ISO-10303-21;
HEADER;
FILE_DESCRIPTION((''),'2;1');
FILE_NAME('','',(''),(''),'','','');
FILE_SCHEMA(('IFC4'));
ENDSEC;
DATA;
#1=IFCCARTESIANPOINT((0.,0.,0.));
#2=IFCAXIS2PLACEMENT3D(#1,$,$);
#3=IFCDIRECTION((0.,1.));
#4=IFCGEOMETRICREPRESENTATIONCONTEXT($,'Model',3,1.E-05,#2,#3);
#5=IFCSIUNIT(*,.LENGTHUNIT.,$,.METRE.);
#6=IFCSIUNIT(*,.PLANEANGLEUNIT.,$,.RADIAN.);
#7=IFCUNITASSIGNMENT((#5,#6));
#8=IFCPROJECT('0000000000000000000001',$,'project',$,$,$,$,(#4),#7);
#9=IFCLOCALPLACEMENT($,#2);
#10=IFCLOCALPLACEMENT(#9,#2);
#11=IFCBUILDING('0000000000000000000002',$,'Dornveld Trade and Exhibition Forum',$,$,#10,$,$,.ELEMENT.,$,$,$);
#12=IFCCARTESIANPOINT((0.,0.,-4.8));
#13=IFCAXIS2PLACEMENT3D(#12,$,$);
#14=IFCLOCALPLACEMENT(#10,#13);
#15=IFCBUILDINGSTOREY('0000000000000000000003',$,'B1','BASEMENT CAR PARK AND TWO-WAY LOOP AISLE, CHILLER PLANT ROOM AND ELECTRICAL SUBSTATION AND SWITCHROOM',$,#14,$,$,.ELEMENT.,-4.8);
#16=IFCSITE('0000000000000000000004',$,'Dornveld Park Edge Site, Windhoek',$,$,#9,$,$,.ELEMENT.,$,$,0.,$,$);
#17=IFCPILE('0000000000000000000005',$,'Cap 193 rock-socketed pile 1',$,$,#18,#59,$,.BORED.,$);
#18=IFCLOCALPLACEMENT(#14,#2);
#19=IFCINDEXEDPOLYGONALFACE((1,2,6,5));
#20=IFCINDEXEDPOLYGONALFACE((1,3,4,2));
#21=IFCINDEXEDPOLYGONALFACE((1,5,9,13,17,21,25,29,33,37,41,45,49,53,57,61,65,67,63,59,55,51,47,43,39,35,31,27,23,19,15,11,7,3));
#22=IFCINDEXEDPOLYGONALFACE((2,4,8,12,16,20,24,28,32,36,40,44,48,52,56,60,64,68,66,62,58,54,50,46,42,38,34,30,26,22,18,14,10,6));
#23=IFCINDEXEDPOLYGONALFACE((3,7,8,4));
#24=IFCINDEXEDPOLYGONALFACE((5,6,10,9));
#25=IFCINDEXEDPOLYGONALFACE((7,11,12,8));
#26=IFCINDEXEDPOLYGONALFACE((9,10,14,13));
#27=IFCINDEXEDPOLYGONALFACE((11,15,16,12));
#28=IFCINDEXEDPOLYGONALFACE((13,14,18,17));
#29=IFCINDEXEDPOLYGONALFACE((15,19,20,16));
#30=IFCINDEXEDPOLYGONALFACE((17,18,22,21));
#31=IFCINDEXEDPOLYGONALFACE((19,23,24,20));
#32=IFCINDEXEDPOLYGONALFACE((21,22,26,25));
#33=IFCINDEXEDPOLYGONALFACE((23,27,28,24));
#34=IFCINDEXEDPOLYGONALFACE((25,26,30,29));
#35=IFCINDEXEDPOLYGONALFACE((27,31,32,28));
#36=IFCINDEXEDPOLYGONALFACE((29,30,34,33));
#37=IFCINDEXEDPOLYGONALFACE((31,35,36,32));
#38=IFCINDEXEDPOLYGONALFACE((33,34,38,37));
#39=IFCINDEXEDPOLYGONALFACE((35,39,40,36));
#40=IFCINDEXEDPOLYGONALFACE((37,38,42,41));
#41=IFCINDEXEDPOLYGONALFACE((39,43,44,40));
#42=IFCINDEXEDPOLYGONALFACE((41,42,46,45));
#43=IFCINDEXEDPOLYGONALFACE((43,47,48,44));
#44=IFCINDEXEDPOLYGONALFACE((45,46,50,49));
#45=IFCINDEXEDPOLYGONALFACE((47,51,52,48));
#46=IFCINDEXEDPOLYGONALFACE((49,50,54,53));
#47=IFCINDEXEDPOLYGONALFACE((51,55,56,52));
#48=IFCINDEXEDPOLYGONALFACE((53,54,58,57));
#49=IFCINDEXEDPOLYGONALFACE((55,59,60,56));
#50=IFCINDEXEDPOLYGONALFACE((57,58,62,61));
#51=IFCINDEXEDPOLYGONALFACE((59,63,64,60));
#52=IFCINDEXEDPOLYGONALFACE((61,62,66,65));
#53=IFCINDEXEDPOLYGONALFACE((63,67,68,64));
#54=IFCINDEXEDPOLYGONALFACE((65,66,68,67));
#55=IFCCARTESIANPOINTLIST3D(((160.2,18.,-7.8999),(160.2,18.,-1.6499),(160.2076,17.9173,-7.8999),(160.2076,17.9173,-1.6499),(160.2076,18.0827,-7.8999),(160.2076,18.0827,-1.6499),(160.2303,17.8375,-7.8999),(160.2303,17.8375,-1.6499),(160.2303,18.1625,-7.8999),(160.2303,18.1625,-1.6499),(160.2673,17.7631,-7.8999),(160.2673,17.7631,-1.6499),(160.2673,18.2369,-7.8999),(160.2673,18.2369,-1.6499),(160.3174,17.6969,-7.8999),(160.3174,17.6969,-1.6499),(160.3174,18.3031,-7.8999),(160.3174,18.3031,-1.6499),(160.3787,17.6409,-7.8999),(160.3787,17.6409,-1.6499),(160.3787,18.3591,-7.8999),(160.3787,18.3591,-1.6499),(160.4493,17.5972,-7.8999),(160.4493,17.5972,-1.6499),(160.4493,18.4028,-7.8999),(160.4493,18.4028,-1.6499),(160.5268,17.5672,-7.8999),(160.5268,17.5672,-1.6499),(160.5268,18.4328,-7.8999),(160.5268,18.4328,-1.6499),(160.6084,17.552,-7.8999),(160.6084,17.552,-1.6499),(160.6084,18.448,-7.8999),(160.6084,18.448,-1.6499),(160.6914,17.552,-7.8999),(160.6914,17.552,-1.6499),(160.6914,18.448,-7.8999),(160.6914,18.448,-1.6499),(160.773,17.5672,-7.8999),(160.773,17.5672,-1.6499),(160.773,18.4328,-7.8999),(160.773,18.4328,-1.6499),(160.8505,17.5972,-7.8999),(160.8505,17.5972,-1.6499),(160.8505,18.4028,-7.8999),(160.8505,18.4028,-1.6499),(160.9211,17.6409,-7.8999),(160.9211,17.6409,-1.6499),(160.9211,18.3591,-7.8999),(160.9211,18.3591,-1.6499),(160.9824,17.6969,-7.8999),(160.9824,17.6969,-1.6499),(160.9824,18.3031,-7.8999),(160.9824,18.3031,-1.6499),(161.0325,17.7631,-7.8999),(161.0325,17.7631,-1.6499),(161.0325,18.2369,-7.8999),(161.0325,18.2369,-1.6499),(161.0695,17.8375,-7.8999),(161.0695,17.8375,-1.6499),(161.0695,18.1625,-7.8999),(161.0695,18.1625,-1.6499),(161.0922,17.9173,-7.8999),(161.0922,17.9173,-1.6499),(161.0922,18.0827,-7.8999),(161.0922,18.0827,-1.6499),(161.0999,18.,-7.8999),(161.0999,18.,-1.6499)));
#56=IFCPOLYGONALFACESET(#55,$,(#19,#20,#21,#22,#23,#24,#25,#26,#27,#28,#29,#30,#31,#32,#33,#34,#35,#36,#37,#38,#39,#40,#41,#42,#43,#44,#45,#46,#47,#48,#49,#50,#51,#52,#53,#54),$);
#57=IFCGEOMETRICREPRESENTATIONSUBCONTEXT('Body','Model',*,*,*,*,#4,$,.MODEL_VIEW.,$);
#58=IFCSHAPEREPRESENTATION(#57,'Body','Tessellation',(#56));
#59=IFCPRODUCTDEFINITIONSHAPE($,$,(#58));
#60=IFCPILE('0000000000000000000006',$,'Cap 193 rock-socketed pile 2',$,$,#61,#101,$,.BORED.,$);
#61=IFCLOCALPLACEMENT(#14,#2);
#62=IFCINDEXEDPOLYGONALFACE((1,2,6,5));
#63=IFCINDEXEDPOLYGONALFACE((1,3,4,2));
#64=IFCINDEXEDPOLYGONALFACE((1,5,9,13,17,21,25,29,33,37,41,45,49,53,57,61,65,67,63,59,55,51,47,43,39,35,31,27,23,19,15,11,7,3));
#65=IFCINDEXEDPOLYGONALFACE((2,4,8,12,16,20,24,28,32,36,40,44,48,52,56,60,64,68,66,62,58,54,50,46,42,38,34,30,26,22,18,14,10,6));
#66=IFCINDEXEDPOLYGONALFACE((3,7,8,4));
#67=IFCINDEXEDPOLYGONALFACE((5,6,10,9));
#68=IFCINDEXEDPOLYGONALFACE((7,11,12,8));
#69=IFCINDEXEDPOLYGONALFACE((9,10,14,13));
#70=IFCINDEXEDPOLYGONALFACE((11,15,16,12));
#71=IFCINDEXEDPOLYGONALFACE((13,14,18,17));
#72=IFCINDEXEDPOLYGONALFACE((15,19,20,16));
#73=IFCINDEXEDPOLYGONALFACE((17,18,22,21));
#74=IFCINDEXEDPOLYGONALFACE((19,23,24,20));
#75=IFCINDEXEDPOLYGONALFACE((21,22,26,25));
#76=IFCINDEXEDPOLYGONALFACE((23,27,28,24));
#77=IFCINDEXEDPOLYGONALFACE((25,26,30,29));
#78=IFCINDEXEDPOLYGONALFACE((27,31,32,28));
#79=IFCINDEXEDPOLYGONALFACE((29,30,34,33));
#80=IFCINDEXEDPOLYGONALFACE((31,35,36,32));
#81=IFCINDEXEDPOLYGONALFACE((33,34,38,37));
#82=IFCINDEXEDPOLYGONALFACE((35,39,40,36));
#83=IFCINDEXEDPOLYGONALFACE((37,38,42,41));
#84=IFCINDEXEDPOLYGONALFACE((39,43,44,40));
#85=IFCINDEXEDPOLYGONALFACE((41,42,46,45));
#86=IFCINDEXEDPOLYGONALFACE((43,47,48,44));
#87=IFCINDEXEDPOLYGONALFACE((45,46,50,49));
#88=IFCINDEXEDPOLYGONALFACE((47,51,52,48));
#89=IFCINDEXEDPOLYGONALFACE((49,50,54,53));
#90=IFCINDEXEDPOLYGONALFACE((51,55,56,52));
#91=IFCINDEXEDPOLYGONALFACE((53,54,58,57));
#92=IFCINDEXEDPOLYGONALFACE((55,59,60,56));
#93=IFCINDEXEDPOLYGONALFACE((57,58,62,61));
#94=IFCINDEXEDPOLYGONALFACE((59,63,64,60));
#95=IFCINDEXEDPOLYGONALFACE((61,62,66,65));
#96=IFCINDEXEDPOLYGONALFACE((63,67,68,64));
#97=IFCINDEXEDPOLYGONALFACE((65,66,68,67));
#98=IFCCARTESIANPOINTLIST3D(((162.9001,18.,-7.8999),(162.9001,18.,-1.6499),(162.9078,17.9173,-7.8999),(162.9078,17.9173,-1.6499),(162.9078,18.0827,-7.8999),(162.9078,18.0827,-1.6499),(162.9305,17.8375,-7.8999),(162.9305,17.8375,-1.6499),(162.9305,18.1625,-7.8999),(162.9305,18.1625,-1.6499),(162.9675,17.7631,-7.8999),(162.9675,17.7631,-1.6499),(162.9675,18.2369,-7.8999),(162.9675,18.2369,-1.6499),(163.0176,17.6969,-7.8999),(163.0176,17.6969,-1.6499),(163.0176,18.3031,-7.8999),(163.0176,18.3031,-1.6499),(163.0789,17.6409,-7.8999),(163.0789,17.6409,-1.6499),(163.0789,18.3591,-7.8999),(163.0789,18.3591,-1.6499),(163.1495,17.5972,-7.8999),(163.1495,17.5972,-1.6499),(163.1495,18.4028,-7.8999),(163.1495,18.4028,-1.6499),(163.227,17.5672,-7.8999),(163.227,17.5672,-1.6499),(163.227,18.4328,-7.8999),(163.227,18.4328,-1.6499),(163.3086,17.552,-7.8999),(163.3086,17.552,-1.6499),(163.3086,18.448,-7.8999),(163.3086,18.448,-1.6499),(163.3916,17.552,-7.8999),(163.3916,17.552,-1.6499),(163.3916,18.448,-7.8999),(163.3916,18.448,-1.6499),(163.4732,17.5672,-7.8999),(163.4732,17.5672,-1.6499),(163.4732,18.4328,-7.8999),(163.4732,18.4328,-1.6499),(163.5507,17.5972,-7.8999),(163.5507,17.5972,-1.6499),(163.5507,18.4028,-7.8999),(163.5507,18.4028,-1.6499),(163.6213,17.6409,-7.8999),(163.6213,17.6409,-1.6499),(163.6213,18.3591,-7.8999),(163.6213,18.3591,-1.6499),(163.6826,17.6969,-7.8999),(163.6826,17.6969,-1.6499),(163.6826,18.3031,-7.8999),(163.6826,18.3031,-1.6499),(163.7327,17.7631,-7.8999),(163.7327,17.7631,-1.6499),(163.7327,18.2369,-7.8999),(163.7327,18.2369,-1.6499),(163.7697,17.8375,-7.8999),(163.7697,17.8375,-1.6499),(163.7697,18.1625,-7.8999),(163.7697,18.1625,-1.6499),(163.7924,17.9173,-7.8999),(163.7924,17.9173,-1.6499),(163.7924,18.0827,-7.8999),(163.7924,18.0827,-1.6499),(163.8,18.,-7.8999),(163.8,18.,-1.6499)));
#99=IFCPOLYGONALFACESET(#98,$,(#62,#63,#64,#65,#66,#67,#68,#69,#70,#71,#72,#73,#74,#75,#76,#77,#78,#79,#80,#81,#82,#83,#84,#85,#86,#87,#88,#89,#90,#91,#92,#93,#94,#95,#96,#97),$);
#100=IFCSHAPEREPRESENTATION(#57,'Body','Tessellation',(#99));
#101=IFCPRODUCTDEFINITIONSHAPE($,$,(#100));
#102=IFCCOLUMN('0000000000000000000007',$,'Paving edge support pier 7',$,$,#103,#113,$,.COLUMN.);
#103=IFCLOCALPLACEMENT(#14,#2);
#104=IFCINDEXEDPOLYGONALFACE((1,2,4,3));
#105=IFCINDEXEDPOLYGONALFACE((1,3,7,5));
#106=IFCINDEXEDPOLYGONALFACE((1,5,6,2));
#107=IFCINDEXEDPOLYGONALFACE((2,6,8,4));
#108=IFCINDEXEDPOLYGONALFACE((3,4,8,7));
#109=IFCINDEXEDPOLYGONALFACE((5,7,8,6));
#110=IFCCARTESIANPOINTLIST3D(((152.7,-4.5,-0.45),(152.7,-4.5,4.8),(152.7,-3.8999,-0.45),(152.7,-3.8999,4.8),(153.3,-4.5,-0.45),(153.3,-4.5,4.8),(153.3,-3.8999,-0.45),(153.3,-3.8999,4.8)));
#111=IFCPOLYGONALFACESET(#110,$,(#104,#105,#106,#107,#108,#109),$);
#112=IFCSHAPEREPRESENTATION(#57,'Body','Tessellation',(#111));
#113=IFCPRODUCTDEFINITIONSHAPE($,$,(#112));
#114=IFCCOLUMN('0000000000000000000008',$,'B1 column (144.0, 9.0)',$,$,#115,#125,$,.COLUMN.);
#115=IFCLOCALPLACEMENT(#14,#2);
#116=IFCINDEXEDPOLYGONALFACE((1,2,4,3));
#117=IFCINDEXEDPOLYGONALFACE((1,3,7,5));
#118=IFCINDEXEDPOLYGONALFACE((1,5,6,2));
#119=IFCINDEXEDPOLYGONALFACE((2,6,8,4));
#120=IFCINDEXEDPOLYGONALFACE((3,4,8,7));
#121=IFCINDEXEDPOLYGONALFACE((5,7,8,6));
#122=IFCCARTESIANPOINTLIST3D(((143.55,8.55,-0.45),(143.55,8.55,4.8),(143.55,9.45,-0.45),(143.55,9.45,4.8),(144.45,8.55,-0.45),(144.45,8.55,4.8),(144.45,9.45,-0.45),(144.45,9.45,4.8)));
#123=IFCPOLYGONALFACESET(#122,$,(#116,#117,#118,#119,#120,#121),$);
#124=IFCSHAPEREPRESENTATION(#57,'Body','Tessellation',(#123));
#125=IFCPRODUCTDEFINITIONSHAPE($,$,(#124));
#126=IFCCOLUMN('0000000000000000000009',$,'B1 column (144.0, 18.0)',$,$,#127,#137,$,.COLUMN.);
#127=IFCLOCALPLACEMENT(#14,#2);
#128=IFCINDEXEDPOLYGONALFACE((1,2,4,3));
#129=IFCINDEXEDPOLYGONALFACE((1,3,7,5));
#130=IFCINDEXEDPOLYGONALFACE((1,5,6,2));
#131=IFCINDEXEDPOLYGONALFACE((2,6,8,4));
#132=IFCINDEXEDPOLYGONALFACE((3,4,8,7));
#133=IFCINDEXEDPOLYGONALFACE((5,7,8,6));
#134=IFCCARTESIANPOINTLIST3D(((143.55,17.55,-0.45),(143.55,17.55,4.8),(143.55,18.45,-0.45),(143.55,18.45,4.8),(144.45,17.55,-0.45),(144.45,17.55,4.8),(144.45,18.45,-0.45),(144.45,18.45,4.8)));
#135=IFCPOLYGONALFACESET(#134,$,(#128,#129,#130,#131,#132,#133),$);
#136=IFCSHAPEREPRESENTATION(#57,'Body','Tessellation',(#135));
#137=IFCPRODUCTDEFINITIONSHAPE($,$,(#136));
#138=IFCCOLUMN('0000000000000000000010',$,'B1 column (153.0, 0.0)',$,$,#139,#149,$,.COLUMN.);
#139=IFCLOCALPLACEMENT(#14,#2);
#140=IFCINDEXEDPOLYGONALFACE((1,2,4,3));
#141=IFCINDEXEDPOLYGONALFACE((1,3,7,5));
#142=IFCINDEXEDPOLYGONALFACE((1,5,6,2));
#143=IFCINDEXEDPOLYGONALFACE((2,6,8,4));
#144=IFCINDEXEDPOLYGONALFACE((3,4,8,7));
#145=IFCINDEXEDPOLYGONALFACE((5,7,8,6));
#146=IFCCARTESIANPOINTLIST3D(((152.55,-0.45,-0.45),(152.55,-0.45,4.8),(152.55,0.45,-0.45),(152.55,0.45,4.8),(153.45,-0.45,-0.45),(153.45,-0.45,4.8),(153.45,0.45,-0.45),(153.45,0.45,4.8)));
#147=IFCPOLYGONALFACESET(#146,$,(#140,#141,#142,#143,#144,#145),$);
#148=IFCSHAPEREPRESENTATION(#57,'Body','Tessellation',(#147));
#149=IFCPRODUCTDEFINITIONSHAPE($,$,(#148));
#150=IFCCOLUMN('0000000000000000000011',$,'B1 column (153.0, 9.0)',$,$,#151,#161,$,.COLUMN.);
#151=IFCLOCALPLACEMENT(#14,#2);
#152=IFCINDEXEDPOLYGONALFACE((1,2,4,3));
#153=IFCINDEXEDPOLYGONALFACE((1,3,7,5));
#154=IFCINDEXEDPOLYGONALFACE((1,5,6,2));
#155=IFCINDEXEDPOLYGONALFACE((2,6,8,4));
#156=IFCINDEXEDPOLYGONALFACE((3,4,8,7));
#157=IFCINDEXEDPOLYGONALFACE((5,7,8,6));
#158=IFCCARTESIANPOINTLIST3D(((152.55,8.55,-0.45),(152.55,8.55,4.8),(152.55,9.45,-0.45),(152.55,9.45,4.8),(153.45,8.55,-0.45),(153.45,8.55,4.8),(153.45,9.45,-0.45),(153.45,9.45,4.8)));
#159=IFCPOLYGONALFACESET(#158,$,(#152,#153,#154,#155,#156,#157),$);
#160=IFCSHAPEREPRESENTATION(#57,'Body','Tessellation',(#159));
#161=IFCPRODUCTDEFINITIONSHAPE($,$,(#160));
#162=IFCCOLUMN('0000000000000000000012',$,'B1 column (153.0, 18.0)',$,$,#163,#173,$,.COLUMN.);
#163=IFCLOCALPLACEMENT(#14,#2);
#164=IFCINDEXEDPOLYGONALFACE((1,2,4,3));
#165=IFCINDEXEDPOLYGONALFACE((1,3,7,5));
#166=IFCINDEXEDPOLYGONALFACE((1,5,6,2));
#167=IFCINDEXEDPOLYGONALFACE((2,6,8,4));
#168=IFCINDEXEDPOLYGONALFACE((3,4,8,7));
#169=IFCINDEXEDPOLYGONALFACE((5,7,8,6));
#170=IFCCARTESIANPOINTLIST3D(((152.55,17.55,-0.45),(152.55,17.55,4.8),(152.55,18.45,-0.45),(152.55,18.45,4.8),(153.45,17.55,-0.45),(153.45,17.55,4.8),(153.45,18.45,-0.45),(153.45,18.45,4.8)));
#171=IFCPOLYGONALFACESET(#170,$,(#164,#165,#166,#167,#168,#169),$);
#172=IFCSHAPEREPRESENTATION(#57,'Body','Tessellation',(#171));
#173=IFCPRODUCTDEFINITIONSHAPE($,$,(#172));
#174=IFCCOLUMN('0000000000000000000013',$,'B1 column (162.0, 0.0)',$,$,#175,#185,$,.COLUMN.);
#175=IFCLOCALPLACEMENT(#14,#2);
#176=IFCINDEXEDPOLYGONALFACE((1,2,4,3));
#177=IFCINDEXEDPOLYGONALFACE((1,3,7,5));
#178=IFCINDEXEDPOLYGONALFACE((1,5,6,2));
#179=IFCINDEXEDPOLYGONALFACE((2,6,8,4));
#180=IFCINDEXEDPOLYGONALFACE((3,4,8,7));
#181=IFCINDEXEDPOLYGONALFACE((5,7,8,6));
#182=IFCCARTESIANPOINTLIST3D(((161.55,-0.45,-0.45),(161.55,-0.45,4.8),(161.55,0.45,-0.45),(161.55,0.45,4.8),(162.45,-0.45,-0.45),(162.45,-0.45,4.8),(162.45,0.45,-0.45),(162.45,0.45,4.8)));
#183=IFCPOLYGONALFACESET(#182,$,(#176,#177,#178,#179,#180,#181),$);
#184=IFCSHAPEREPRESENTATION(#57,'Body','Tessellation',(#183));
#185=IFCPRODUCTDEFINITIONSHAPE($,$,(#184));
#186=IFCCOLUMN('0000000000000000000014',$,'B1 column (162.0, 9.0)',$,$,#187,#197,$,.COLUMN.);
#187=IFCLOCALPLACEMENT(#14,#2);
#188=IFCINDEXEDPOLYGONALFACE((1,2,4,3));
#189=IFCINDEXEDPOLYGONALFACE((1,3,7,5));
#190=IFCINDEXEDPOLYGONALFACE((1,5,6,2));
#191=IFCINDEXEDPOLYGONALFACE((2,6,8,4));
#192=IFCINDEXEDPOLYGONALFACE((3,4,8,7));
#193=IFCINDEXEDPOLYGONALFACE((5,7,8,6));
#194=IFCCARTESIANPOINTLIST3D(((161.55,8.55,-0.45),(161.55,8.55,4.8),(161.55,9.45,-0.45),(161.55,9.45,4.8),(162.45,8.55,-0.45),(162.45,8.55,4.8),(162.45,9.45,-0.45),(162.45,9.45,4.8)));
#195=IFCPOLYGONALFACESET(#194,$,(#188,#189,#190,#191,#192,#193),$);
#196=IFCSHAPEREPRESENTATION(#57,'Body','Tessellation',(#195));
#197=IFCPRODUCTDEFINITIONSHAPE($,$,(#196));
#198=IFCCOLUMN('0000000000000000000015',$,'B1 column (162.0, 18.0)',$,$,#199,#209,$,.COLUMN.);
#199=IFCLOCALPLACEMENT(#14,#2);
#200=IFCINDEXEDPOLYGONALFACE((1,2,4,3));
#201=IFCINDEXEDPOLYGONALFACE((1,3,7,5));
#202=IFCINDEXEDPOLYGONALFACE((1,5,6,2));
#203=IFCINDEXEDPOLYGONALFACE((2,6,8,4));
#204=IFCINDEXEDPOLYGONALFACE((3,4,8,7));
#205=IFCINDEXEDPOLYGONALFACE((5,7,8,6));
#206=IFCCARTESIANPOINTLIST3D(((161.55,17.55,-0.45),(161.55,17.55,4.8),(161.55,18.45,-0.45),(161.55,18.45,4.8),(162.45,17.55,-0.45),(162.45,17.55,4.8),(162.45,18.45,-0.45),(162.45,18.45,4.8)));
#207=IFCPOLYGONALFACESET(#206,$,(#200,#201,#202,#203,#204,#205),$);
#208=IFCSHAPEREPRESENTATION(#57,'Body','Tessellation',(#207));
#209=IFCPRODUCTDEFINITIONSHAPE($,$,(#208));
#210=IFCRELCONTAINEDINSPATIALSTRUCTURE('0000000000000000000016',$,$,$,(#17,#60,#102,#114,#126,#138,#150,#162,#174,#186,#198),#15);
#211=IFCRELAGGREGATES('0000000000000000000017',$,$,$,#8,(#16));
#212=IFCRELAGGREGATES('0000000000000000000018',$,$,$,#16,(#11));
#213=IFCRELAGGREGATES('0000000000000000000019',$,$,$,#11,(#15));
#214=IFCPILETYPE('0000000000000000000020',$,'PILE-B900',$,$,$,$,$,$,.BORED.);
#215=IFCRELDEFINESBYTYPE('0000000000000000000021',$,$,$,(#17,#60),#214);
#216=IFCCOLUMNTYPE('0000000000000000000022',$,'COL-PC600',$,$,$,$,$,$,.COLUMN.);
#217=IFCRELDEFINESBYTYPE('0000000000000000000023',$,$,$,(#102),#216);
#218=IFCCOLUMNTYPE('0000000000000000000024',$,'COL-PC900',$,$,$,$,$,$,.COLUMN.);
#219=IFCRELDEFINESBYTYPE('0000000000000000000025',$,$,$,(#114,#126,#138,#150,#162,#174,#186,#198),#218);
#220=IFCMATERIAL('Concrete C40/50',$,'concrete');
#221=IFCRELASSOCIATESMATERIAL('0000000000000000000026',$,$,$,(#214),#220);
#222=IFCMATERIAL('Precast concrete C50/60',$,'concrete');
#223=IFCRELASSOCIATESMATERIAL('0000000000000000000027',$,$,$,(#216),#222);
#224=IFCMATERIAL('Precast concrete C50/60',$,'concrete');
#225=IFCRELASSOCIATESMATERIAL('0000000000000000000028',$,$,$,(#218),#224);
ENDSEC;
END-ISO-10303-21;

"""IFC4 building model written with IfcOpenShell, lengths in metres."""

from ifc_helpers import new_model, si_unit, direction, frame, origin, origin_2d, place, context, subcontext, project, spatial, rectangle, circle, extrude, material, material_profile, profile_set, type_object, element, save


model = new_model("IFC4")

# Units and contexts
model_context = context("Model", 3, precision=1e-05, world=origin(), true_north=direction((0.0, 1.0)))
body_context = subcontext(model_context, "Body", "Model", "MODEL_VIEW")
ifc_project = project(units=[si_unit("LENGTHUNIT", "METRE"), si_unit("PLANEANGLEUNIT", "RADIAN")], contexts=[model_context])

# Site, building, storey
site_placement = place(None, origin())
site = spatial("IfcSite", under=ifc_project, at=site_placement, Name="Dornveld Park Edge Site, Windhoek", CompositionType="ELEMENT", RefElevation=0.0)
building_placement = place(site_placement, origin())
building = spatial("IfcBuilding", under=site, at=building_placement, Name="Dornveld Trade and Exhibition Forum", CompositionType="ELEMENT")
storey_placement = place(building_placement, frame((0.0, 0.0, -4.8)))
storey = spatial("IfcBuildingStorey", under=building, at=storey_placement, Name="B1", Description="BASEMENT CAR PARK AND TWO-WAY LOOP AISLE, CHILLER PLANT ROOM AND ELECTRICAL SUBSTATION AND SWITCHROOM", CompositionType="ELEMENT", Elevation=-4.8)

# Piles
ifc_material_1 = material(Name="Concrete C40/50", Category="concrete")
ifc_material_profile_1 = material_profile(ifc_material_1, circle(Radius=0.45, at=origin_2d()), Name="PILE D900")
ifc_profile_set_1 = profile_set([ifc_material_profile_1], Name="Concrete C40/50")
pile_type = type_object("IfcPileType", Name="PILE-B900", PredefinedType="BORED", material=ifc_profile_set_1)
for number, where, z_axis, x_axis, name in (
    (1, (160.6499, 18.0, -1.6499), (0.0, 0.0, -1.0), (1.0, 0.0, 0.0), "Cap 193 rock-socketed pile 1"),
    (2, (163.3501, 18.0, -1.6499), (0.0, 0.0, -1.0), (1.0, 0.0, 0.0), "Cap 193 rock-socketed pile 2"),
):
    element("IfcPile", number, at=place(storey_placement, frame(where, z_axis=z_axis, x_axis=x_axis)), inside=storey, type_object=pile_type, Name=name, PredefinedType="BORED", context=body_context, shape_type="SweptSolid", body=[
        extrude(circle(Radius=0.45, at=origin_2d()), origin(), (0.0, 0.0, 1.0), 6.25),
    ])

# Columns
ifc_material_2 = material(Name="Precast concrete C50/60", Category="concrete")
ifc_material_profile_2 = material_profile(ifc_material_2, rectangle(XDim=0.6001, YDim=0.6001, at=origin_2d()), Name="PC-COL 600x600")
ifc_profile_set_2 = profile_set([ifc_material_profile_2], Name="Precast concrete C50/60")
column_type_1 = type_object("IfcColumnType", Name="COL-PC600", PredefinedType="COLUMN", material=ifc_profile_set_2)
column_placement = place(storey_placement, frame((153.0, -4.2, -0.45), z_axis=(0.0, 0.0, 1.0), x_axis=(1.0, 0.0, 0.0)))
element("IfcColumn", 3, at=column_placement, inside=storey, type_object=column_type_1, Name="Paving edge support pier 7", PredefinedType="COLUMN", context=body_context, shape_type="SweptSolid", body=[
    extrude(rectangle(XDim=0.6001, YDim=0.6001, at=origin_2d()), origin(), (0.0, 0.0, 1.0), 5.25),
])
ifc_material_3 = material(Name="Precast concrete C50/60", Category="concrete")
ifc_material_profile_3 = material_profile(ifc_material_3, rectangle(XDim=0.8999, YDim=0.8999, at=origin_2d()), Name="PC-COL 900x900")
ifc_profile_set_3 = profile_set([ifc_material_profile_3], Name="Precast concrete C50/60")
column_type_2 = type_object("IfcColumnType", Name="COL-PC900", PredefinedType="COLUMN", material=ifc_profile_set_3)
for number, where, z_axis, x_axis, name in (
    (4, (144.0, 9.0, -0.45), (0.0, 0.0, 1.0), (1.0, 0.0, 0.0), "B1 column (144.0, 9.0)"),
    (5, (144.0, 18.0, -0.45), (0.0, 0.0, 1.0), (1.0, 0.0, 0.0), "B1 column (144.0, 18.0)"),
    (6, (153.0, 0.0, -0.45), (0.0, 0.0, 1.0), (1.0, 0.0, 0.0), "B1 column (153.0, 0.0)"),
    (7, (153.0, 9.0, -0.45), (0.0, 0.0, 1.0), (1.0, 0.0, 0.0), "B1 column (153.0, 9.0)"),
    (8, (153.0, 18.0, -0.45), (0.0, 0.0, 1.0), (1.0, 0.0, 0.0), "B1 column (153.0, 18.0)"),
    (9, (162.0, 0.0, -0.45), (0.0, 0.0, 1.0), (1.0, 0.0, 0.0), "B1 column (162.0, 0.0)"),
    (10, (162.0, 9.0, -0.45), (0.0, 0.0, 1.0), (1.0, 0.0, 0.0), "B1 column (162.0, 9.0)"),
    (11, (162.0, 18.0, -0.45), (0.0, 0.0, 1.0), (1.0, 0.0, 0.0), "B1 column (162.0, 18.0)"),
):
    element("IfcColumn", number, at=place(storey_placement, frame(where, z_axis=z_axis, x_axis=x_axis)), inside=storey, type_object=column_type_2, Name=name, PredefinedType="COLUMN", context=body_context, shape_type="SweptSolid", body=[
        extrude(rectangle(XDim=0.8999, YDim=0.8999, at=origin_2d()), origin(), (0.0, 0.0, 1.0), 5.25),
    ])

save(model, "model.ifc")
